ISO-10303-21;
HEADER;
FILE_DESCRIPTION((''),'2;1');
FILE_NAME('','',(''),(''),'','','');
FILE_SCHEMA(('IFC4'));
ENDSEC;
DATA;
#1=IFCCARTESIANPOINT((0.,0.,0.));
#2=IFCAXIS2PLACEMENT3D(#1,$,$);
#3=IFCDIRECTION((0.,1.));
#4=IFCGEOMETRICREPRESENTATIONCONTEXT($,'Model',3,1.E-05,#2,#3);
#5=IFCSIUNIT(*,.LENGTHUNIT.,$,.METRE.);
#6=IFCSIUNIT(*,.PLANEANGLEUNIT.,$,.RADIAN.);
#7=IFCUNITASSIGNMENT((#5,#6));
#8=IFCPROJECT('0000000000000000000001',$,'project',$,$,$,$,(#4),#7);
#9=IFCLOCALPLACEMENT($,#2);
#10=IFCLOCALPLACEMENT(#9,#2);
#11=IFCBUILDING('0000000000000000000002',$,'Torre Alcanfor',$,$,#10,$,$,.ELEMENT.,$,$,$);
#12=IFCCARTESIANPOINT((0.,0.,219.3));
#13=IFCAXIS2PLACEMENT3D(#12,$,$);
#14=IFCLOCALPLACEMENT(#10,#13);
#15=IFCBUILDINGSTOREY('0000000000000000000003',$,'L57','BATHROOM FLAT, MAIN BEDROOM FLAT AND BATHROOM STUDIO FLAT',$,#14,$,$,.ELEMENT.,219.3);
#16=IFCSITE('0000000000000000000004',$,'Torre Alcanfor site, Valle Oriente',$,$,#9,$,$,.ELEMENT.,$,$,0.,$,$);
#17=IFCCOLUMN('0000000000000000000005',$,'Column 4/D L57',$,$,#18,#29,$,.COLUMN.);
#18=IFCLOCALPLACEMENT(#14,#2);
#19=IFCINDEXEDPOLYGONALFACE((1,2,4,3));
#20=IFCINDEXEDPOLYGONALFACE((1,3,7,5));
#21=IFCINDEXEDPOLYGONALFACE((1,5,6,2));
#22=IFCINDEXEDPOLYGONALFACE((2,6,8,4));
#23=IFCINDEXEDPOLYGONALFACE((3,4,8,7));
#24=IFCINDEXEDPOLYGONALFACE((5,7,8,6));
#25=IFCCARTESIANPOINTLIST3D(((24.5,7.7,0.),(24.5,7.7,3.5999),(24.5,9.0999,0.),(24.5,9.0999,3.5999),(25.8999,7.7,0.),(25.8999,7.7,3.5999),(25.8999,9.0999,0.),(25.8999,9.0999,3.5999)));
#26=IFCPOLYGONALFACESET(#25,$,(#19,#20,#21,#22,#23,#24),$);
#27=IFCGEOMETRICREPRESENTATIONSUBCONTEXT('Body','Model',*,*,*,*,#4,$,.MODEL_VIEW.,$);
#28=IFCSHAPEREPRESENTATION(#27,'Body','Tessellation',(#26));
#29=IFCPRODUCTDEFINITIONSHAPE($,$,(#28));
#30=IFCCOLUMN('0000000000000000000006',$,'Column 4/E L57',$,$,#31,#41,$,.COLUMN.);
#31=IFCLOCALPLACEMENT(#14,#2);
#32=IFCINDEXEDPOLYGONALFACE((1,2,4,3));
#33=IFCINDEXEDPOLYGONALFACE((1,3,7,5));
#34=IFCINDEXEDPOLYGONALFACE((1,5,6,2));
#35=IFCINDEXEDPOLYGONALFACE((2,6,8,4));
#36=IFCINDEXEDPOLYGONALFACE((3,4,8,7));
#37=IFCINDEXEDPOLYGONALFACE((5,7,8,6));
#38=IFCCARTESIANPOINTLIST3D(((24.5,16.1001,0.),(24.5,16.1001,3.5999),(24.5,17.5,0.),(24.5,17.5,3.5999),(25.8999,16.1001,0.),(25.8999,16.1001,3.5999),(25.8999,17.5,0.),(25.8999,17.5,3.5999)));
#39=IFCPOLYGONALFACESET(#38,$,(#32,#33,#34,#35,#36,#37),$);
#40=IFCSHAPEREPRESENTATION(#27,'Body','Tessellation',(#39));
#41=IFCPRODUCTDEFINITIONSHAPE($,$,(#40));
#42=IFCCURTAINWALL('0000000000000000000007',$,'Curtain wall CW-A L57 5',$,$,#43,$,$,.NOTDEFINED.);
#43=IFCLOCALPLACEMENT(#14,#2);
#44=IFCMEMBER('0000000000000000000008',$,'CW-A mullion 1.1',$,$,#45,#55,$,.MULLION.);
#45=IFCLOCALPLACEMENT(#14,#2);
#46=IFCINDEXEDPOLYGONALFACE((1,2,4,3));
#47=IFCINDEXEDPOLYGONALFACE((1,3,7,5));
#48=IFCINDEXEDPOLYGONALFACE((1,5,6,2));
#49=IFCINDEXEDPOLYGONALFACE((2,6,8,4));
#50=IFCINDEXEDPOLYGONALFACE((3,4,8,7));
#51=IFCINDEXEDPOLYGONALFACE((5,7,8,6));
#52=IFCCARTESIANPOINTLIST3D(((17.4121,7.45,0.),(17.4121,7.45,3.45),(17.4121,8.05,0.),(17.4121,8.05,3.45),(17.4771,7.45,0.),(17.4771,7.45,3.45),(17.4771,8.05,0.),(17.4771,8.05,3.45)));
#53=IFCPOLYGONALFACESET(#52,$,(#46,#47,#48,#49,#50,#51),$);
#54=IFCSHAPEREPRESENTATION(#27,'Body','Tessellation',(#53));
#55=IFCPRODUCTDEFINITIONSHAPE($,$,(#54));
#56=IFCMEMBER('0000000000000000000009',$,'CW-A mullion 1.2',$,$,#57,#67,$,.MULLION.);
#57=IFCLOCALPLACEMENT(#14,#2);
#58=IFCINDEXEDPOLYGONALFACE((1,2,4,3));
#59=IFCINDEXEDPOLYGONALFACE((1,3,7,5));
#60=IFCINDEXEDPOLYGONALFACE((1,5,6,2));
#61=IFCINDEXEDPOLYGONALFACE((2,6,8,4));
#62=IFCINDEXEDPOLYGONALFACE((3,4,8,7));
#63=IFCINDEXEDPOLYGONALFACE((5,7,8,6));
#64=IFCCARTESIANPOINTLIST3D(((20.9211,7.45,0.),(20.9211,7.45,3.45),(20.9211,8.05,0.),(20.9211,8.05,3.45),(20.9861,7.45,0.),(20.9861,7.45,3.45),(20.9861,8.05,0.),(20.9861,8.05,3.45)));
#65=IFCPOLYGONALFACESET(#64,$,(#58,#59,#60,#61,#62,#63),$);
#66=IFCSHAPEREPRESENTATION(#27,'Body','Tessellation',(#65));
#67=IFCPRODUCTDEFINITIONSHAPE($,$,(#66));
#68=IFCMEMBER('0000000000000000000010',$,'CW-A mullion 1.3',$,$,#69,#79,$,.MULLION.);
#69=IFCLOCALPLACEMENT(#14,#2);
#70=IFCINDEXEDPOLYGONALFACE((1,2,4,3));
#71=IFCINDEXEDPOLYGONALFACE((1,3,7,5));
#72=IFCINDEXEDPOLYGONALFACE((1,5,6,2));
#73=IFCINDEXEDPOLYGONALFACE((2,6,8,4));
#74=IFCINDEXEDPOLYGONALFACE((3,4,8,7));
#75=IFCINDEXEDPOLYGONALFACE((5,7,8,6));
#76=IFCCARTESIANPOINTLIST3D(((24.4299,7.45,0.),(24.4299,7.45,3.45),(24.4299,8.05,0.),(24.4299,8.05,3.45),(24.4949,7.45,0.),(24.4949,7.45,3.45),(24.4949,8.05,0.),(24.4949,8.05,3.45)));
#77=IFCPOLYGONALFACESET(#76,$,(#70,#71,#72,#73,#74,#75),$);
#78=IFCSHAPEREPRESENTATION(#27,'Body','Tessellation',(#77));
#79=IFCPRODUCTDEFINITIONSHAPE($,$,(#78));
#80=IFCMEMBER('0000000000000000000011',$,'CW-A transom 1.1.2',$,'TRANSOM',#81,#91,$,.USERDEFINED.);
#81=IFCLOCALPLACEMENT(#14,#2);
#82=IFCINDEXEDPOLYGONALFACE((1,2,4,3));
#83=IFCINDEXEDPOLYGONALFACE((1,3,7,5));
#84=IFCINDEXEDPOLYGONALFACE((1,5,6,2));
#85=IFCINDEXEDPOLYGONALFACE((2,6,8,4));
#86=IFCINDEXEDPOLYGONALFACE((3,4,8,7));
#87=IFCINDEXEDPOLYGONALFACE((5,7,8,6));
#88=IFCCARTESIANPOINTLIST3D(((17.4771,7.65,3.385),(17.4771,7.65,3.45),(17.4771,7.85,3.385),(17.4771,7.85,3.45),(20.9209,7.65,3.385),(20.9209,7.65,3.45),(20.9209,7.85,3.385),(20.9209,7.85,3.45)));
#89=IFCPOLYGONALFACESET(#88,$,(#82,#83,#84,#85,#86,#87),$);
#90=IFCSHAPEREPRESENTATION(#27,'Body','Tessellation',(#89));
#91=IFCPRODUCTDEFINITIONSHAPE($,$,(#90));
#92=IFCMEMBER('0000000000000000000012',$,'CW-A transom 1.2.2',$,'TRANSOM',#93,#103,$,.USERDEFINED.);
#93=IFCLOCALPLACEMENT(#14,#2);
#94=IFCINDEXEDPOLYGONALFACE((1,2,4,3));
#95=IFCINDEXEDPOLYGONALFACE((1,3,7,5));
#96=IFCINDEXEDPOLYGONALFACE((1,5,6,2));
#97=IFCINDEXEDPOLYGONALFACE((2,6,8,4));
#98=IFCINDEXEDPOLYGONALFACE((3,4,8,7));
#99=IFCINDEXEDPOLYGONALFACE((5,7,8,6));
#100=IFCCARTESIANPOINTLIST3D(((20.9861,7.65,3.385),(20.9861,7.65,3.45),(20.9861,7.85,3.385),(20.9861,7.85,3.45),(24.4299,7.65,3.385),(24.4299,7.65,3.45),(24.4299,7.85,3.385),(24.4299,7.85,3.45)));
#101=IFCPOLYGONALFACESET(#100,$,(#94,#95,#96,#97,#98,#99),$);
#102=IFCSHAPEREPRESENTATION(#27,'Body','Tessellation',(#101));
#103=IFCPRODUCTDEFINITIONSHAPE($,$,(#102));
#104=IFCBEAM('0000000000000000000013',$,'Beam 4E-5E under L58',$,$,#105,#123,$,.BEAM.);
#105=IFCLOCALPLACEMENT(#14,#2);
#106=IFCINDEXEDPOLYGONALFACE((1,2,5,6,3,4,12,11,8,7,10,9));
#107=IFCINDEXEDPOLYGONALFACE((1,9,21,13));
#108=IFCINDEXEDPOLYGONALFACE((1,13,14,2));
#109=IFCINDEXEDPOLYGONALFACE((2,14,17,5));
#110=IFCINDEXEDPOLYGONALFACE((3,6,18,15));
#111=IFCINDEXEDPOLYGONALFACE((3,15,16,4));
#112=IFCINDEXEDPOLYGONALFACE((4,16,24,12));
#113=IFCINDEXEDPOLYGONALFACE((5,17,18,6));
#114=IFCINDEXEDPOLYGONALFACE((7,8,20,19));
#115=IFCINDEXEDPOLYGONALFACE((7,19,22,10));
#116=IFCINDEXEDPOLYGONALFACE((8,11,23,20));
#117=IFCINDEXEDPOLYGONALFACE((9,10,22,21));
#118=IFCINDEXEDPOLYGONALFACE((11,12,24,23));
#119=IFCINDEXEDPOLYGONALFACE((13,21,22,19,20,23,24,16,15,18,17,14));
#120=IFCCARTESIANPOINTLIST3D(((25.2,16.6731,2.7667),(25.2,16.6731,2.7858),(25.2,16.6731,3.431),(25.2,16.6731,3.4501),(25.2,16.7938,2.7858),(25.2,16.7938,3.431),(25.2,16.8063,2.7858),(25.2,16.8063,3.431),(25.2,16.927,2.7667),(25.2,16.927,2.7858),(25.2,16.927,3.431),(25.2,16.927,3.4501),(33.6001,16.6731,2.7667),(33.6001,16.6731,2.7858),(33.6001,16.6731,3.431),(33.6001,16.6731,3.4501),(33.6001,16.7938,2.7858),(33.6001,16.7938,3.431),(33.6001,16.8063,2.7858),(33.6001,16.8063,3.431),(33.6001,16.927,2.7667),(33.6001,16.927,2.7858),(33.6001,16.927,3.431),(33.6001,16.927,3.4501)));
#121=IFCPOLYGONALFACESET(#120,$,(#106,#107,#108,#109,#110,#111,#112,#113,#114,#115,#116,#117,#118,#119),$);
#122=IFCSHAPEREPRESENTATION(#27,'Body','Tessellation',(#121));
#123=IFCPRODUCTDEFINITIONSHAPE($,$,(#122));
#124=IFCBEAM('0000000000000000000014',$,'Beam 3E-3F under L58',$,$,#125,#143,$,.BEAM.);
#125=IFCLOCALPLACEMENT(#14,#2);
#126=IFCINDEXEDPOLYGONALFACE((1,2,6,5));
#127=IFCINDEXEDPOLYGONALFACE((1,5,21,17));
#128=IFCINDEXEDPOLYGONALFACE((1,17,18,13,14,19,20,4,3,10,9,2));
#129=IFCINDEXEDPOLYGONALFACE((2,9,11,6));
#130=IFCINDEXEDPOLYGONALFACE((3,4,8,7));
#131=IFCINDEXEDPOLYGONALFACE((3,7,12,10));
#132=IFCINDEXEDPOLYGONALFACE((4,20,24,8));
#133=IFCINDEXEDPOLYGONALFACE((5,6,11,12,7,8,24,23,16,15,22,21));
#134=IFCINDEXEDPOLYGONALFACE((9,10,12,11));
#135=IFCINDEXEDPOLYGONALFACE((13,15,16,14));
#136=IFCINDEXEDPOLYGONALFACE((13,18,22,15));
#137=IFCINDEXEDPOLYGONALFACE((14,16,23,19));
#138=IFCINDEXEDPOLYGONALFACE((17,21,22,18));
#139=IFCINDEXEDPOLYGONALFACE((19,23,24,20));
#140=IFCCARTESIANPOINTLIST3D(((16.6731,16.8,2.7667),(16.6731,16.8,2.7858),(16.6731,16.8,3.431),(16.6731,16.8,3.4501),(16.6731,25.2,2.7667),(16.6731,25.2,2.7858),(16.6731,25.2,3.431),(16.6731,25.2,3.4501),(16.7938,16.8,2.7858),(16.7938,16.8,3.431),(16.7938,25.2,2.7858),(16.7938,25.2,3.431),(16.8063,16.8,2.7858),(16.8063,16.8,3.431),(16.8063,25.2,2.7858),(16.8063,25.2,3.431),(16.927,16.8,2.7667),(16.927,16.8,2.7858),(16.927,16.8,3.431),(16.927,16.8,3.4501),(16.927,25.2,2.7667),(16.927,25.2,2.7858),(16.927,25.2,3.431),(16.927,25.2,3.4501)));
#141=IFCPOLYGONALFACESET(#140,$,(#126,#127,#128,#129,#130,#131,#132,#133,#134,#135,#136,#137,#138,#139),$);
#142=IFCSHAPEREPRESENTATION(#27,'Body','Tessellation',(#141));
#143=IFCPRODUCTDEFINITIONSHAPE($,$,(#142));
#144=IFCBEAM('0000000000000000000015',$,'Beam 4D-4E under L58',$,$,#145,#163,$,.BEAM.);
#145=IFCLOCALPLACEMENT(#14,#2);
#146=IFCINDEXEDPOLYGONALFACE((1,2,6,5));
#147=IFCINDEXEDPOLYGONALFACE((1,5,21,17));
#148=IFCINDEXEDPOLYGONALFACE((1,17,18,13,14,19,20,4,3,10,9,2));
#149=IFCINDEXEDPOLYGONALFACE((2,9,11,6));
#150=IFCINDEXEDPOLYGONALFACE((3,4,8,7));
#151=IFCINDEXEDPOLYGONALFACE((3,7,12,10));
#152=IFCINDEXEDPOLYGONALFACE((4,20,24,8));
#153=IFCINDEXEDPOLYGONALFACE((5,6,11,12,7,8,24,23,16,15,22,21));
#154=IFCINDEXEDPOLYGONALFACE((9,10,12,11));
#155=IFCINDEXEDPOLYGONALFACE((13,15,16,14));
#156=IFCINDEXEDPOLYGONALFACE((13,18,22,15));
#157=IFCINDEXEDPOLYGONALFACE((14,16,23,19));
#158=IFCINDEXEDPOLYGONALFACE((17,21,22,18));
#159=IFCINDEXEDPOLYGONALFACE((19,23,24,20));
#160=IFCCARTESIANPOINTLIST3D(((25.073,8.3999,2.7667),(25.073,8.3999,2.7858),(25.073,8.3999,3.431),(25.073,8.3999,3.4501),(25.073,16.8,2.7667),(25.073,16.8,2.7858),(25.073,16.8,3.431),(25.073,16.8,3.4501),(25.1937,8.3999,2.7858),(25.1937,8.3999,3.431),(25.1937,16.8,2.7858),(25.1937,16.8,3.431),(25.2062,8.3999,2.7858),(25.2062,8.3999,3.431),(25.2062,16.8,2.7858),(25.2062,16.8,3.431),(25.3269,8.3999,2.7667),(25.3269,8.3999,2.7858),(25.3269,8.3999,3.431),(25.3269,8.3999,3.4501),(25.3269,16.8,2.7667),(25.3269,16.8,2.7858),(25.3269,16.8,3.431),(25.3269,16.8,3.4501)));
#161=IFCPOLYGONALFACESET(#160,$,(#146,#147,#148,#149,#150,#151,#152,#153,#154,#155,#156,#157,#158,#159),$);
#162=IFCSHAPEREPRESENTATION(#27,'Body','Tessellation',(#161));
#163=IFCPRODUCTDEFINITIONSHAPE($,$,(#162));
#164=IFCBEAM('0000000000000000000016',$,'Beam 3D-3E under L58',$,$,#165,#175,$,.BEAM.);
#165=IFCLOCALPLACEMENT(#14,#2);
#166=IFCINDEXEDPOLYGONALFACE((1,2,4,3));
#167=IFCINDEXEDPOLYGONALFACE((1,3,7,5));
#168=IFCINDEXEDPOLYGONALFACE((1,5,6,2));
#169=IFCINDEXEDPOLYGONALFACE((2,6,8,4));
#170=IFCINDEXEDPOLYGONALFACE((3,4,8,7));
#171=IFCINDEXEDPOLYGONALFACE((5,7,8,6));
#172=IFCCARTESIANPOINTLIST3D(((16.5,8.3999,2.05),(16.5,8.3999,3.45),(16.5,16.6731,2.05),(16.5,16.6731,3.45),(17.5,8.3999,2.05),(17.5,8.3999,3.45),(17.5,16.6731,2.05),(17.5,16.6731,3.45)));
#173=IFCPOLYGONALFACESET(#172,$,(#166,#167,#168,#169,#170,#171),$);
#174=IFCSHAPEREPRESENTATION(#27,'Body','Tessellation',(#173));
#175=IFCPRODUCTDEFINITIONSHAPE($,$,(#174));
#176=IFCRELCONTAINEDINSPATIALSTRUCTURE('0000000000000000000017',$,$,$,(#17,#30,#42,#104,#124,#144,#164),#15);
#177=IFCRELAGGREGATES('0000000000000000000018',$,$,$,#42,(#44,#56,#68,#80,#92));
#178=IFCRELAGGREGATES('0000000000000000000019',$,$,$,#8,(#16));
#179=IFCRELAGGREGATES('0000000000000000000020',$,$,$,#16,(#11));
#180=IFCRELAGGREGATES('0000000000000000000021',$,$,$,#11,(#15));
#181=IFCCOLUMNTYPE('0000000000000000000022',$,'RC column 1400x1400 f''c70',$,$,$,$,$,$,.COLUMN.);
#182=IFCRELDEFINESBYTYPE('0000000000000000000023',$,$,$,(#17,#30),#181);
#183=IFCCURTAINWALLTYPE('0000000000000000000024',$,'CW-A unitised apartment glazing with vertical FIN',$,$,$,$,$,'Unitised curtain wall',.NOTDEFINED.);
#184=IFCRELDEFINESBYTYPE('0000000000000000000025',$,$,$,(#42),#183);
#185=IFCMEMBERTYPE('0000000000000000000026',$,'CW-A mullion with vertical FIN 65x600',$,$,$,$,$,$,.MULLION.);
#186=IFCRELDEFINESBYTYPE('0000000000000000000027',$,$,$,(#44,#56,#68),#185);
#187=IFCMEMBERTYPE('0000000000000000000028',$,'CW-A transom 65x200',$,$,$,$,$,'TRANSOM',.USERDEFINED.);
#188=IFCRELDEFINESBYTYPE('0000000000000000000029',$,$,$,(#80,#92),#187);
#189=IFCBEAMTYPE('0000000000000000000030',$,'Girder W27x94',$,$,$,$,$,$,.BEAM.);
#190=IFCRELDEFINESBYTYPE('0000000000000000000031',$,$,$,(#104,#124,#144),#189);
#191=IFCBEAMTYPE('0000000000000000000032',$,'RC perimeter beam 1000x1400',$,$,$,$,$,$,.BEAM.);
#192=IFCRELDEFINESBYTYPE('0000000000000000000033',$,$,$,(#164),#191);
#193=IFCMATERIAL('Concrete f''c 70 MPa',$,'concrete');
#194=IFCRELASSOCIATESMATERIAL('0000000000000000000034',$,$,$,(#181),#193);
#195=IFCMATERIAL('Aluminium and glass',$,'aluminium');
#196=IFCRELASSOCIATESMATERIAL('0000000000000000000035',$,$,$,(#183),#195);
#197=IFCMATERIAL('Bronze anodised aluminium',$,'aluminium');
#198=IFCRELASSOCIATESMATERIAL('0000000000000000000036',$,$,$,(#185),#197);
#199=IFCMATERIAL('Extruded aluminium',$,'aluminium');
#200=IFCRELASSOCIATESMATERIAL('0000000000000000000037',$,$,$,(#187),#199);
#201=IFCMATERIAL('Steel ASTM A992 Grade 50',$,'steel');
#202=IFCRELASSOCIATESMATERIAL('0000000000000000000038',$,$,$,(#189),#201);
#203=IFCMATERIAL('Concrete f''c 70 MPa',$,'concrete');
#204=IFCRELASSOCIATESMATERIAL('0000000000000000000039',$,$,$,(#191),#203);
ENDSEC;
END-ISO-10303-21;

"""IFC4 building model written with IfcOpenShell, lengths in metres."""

from ifc_helpers import new_model, si_unit, direction, frame, origin, origin_2d, place, context, subcontext, project, spatial, rectangle, i_section, extrude, material, material_profile, profile_set, type_object, element, aggregate, save


model = new_model("IFC4")

# Units and contexts
model_context = context("Model", 3, precision=1e-05, world=origin(), true_north=direction((0.0, 1.0)))
body_context = subcontext(model_context, "Body", "Model", "MODEL_VIEW")
ifc_project = project(units=[si_unit("LENGTHUNIT", "METRE"), si_unit("PLANEANGLEUNIT", "RADIAN")], contexts=[model_context])

# Site, building, storey
site_placement = place(None, origin())
site = spatial("IfcSite", under=ifc_project, at=site_placement, Name="Torre Alcanfor site, Valle Oriente", CompositionType="ELEMENT", RefElevation=0.0)
building_placement = place(site_placement, origin())
building = spatial("IfcBuilding", under=site, at=building_placement, Name="Torre Alcanfor", CompositionType="ELEMENT")
storey_placement = place(building_placement, frame((0.0, 0.0, 219.3)))
storey = spatial("IfcBuildingStorey", under=building, at=storey_placement, Name="L57", Description="BATHROOM FLAT, MAIN BEDROOM FLAT AND BATHROOM STUDIO FLAT", CompositionType="ELEMENT", Elevation=219.3)

# Columns
ifc_material_1 = material(Name="Concrete f'c 70 MPa", Category="concrete")
ifc_material_profile_1 = material_profile(ifc_material_1, rectangle(XDim=1.3999, YDim=1.3999, at=origin_2d()), Name="1400x1400")
ifc_profile_set_1 = profile_set([ifc_material_profile_1], Name="Concrete f'c 70 MPa")
column_type = type_object("IfcColumnType", Name="RC column 1400x1400 f'c70", PredefinedType="COLUMN", material=ifc_profile_set_1)
for number, where, z_axis, x_axis, name in (
    (1, (25.2, 8.3999, 0.0), (0.0, 0.0, 1.0), (1.0, 0.0, 0.0), "Column 4/D L57"),
    (2, (25.2, 16.8, 0.0), (0.0, 0.0, 1.0), (1.0, 0.0, 0.0), "Column 4/E L57"),
):
    element("IfcColumn", number, at=place(storey_placement, frame(where, z_axis=z_axis, x_axis=x_axis)), inside=storey, type_object=column_type, Name=name, PredefinedType="COLUMN", context=body_context, shape_type="SweptSolid", body=[
        extrude(rectangle(XDim=1.3999, YDim=1.3999, at=origin_2d()), origin(), (0.0, 0.0, 1.0), 3.5999),
    ])

# Curtain wall, members
ifc_material_2 = material(Name="Aluminium and glass", Category="aluminium")
curtain_wall_type = type_object("IfcCurtainWallType", Name="CW-A unitised apartment glazing with vertical FIN", ElementType="Unitised curtain wall", PredefinedType="NOTDEFINED", material=ifc_material_2)
curtain_wall_placement = place(storey_placement, origin())
curtain_wall = element("IfcCurtainWall", 3, at=curtain_wall_placement, inside=storey, type_object=curtain_wall_type, Name="Curtain wall CW-A L57 5", PredefinedType="NOTDEFINED")
ifc_material_3 = material(Name="Bronze anodised aluminium", Category="aluminium")
ifc_material_profile_2 = material_profile(ifc_material_3, rectangle(XDim=0.6001, YDim=0.0649, at=origin_2d()), Name="CW-A mullion 65x600")
ifc_profile_set_2 = profile_set([ifc_material_profile_2], Name="Bronze anodised aluminium")
member_type_1 = type_object("IfcMemberType", Name="CW-A mullion with vertical FIN 65x600", PredefinedType="MULLION", material=ifc_profile_set_2)
member_1_placement = place(storey_placement, frame((17.4446, 7.75, 0.0), z_axis=(0.0, 0.0, 1.0), x_axis=(0.0, 1.0, 0.0)))
member_1 = element("IfcMember", 4, at=member_1_placement, type_object=member_type_1, Name="CW-A mullion 1.1", PredefinedType="MULLION", context=body_context, shape_type="SweptSolid", body=[
    extrude(rectangle(XDim=0.6001, YDim=0.0649, at=origin_2d()), origin(), (0.0, 0.0, 1.0), 3.45),
])
member_2_placement = place(storey_placement, frame((20.9536, 7.75, 0.0), z_axis=(0.0, 0.0, 1.0), x_axis=(0.0, 1.0, 0.0)))
member_2 = element("IfcMember", 5, at=member_2_placement, type_object=member_type_1, Name="CW-A mullion 1.2", PredefinedType="MULLION", context=body_context, shape_type="SweptSolid", body=[
    extrude(rectangle(XDim=0.6001, YDim=0.0649, at=origin_2d()), origin(), (0.0, 0.0, 1.0), 3.45),
])
member_3_placement = place(storey_placement, frame((24.4624, 7.75, 0.0), z_axis=(0.0, 0.0, 1.0), x_axis=(0.0, 1.0, 0.0)))
member_3 = element("IfcMember", 6, at=member_3_placement, type_object=member_type_1, Name="CW-A mullion 1.3", PredefinedType="MULLION", context=body_context, shape_type="SweptSolid", body=[
    extrude(rectangle(XDim=0.6001, YDim=0.0649, at=origin_2d()), origin(), (0.0, 0.0, 1.0), 3.45),
])
ifc_material_4 = material(Name="Extruded aluminium", Category="aluminium")
ifc_material_profile_3 = material_profile(ifc_material_4, rectangle(XDim=0.2, YDim=0.0649, at=origin_2d()), Name="CW-A transom 200x65")
ifc_profile_set_3 = profile_set([ifc_material_profile_3], Name="Extruded aluminium")
member_type_2 = type_object("IfcMemberType", Name="CW-A transom 65x200", ElementType="TRANSOM", PredefinedType="USERDEFINED", material=ifc_profile_set_3)
member_4_placement = place(storey_placement, frame((17.4771, 7.75, 3.4175), z_axis=(1.0, 0.0, 0.0), x_axis=(0.0, 1.0, 0.0)))
member_4 = element("IfcMember", 7, at=member_4_placement, type_object=member_type_2, Name="CW-A transom 1.1.2", ObjectType="TRANSOM", PredefinedType="USERDEFINED", context=body_context, shape_type="SweptSolid", body=[
    extrude(rectangle(XDim=0.2, YDim=0.0649, at=origin_2d()), origin(), (0.0, 0.0, 1.0), 3.4438),
])
member_5_placement = place(storey_placement, frame((20.9861, 7.75, 3.4175), z_axis=(1.0, 0.0, 0.0), x_axis=(0.0, 1.0, 0.0)))
member_5 = element("IfcMember", 8, at=member_5_placement, type_object=member_type_2, Name="CW-A transom 1.2.2", ObjectType="TRANSOM", PredefinedType="USERDEFINED", context=body_context, shape_type="SweptSolid", body=[
    extrude(rectangle(XDim=0.2, YDim=0.0649, at=origin_2d()), origin(), (0.0, 0.0, 1.0), 3.4438),
])

# Beams
ifc_material_5 = material(Name="Steel ASTM A992 Grade 50", Category="steel")
ifc_material_profile_4 = material_profile(ifc_material_5, i_section(OverallWidth=0.2539, OverallDepth=0.6833, WebThickness=0.0125, FlangeThickness=0.019, at=origin_2d()), Name="W27x94")
ifc_profile_set_4 = profile_set([ifc_material_profile_4], Name="Steel ASTM A992 Grade 50")
beam_type_1 = type_object("IfcBeamType", Name="Girder W27x94", PredefinedType="BEAM", material=ifc_profile_set_4)
beam_1_placement = place(storey_placement, frame((25.2, 16.8, 3.1084), z_axis=(1.0, 0.0, 0.0), x_axis=(0.0, 1.0, 0.0)))
element("IfcBeam", 9, at=beam_1_placement, inside=storey, type_object=beam_type_1, Name="Beam 4E-5E under L58", PredefinedType="BEAM", context=body_context, shape_type="SweptSolid", body=[
    extrude(i_section(OverallWidth=0.2539, OverallDepth=0.6833, WebThickness=0.0125, FlangeThickness=0.019, at=origin_2d()), origin(), (0.0, 0.0, 1.0), 8.4001),
])
beam_2_placement = place(storey_placement, frame((16.8, 16.8, 3.1084), z_axis=(0.0, 1.0, 0.0), x_axis=(-1.0, 0.0, 0.0)))
element("IfcBeam", 10, at=beam_2_placement, inside=storey, type_object=beam_type_1, Name="Beam 3E-3F under L58", PredefinedType="BEAM", context=body_context, shape_type="SweptSolid", body=[
    extrude(i_section(OverallWidth=0.2539, OverallDepth=0.6833, WebThickness=0.0125, FlangeThickness=0.019, at=origin_2d()), origin(), (0.0, 0.0, 1.0), 8.3999),
])
beam_3_placement = place(storey_placement, frame((25.2, 8.3999, 3.1084), z_axis=(0.0, 1.0, 0.0), x_axis=(-1.0, 0.0, 0.0)))
element("IfcBeam", 11, at=beam_3_placement, inside=storey, type_object=beam_type_1, Name="Beam 4D-4E under L58", PredefinedType="BEAM", context=body_context, shape_type="SweptSolid", body=[
    extrude(i_section(OverallWidth=0.2539, OverallDepth=0.6833, WebThickness=0.0125, FlangeThickness=0.019, at=origin_2d()), origin(), (0.0, 0.0, 1.0), 8.4001),
])
ifc_material_6 = material(Name="Concrete f'c 70 MPa", Category="concrete")
ifc_material_profile_5 = material_profile(ifc_material_6, rectangle(XDim=1.0, YDim=1.3999, at=origin_2d()), Name="1000x1400")
ifc_profile_set_5 = profile_set([ifc_material_profile_5], Name="Concrete f'c 70 MPa")
beam_type_2 = type_object("IfcBeamType", Name="RC perimeter beam 1000x1400", PredefinedType="BEAM", material=ifc_profile_set_5)
beam_4_placement = place(storey_placement, frame((17.0, 8.3999, 2.75), z_axis=(0.0, 1.0, 0.0), x_axis=(-1.0, 0.0, 0.0)))
element("IfcBeam", 12, at=beam_4_placement, inside=storey, type_object=beam_type_2, Name="Beam 3D-3E under L58", PredefinedType="BEAM", context=body_context, shape_type="SweptSolid", body=[
    extrude(rectangle(XDim=1.0, YDim=1.3999, at=origin_2d()), origin(), (0.0, 0.0, 1.0), 8.2732),
])

aggregate(curtain_wall, [member_1, member_2, member_3, member_4, member_5])

save(model, "model.ifc")
